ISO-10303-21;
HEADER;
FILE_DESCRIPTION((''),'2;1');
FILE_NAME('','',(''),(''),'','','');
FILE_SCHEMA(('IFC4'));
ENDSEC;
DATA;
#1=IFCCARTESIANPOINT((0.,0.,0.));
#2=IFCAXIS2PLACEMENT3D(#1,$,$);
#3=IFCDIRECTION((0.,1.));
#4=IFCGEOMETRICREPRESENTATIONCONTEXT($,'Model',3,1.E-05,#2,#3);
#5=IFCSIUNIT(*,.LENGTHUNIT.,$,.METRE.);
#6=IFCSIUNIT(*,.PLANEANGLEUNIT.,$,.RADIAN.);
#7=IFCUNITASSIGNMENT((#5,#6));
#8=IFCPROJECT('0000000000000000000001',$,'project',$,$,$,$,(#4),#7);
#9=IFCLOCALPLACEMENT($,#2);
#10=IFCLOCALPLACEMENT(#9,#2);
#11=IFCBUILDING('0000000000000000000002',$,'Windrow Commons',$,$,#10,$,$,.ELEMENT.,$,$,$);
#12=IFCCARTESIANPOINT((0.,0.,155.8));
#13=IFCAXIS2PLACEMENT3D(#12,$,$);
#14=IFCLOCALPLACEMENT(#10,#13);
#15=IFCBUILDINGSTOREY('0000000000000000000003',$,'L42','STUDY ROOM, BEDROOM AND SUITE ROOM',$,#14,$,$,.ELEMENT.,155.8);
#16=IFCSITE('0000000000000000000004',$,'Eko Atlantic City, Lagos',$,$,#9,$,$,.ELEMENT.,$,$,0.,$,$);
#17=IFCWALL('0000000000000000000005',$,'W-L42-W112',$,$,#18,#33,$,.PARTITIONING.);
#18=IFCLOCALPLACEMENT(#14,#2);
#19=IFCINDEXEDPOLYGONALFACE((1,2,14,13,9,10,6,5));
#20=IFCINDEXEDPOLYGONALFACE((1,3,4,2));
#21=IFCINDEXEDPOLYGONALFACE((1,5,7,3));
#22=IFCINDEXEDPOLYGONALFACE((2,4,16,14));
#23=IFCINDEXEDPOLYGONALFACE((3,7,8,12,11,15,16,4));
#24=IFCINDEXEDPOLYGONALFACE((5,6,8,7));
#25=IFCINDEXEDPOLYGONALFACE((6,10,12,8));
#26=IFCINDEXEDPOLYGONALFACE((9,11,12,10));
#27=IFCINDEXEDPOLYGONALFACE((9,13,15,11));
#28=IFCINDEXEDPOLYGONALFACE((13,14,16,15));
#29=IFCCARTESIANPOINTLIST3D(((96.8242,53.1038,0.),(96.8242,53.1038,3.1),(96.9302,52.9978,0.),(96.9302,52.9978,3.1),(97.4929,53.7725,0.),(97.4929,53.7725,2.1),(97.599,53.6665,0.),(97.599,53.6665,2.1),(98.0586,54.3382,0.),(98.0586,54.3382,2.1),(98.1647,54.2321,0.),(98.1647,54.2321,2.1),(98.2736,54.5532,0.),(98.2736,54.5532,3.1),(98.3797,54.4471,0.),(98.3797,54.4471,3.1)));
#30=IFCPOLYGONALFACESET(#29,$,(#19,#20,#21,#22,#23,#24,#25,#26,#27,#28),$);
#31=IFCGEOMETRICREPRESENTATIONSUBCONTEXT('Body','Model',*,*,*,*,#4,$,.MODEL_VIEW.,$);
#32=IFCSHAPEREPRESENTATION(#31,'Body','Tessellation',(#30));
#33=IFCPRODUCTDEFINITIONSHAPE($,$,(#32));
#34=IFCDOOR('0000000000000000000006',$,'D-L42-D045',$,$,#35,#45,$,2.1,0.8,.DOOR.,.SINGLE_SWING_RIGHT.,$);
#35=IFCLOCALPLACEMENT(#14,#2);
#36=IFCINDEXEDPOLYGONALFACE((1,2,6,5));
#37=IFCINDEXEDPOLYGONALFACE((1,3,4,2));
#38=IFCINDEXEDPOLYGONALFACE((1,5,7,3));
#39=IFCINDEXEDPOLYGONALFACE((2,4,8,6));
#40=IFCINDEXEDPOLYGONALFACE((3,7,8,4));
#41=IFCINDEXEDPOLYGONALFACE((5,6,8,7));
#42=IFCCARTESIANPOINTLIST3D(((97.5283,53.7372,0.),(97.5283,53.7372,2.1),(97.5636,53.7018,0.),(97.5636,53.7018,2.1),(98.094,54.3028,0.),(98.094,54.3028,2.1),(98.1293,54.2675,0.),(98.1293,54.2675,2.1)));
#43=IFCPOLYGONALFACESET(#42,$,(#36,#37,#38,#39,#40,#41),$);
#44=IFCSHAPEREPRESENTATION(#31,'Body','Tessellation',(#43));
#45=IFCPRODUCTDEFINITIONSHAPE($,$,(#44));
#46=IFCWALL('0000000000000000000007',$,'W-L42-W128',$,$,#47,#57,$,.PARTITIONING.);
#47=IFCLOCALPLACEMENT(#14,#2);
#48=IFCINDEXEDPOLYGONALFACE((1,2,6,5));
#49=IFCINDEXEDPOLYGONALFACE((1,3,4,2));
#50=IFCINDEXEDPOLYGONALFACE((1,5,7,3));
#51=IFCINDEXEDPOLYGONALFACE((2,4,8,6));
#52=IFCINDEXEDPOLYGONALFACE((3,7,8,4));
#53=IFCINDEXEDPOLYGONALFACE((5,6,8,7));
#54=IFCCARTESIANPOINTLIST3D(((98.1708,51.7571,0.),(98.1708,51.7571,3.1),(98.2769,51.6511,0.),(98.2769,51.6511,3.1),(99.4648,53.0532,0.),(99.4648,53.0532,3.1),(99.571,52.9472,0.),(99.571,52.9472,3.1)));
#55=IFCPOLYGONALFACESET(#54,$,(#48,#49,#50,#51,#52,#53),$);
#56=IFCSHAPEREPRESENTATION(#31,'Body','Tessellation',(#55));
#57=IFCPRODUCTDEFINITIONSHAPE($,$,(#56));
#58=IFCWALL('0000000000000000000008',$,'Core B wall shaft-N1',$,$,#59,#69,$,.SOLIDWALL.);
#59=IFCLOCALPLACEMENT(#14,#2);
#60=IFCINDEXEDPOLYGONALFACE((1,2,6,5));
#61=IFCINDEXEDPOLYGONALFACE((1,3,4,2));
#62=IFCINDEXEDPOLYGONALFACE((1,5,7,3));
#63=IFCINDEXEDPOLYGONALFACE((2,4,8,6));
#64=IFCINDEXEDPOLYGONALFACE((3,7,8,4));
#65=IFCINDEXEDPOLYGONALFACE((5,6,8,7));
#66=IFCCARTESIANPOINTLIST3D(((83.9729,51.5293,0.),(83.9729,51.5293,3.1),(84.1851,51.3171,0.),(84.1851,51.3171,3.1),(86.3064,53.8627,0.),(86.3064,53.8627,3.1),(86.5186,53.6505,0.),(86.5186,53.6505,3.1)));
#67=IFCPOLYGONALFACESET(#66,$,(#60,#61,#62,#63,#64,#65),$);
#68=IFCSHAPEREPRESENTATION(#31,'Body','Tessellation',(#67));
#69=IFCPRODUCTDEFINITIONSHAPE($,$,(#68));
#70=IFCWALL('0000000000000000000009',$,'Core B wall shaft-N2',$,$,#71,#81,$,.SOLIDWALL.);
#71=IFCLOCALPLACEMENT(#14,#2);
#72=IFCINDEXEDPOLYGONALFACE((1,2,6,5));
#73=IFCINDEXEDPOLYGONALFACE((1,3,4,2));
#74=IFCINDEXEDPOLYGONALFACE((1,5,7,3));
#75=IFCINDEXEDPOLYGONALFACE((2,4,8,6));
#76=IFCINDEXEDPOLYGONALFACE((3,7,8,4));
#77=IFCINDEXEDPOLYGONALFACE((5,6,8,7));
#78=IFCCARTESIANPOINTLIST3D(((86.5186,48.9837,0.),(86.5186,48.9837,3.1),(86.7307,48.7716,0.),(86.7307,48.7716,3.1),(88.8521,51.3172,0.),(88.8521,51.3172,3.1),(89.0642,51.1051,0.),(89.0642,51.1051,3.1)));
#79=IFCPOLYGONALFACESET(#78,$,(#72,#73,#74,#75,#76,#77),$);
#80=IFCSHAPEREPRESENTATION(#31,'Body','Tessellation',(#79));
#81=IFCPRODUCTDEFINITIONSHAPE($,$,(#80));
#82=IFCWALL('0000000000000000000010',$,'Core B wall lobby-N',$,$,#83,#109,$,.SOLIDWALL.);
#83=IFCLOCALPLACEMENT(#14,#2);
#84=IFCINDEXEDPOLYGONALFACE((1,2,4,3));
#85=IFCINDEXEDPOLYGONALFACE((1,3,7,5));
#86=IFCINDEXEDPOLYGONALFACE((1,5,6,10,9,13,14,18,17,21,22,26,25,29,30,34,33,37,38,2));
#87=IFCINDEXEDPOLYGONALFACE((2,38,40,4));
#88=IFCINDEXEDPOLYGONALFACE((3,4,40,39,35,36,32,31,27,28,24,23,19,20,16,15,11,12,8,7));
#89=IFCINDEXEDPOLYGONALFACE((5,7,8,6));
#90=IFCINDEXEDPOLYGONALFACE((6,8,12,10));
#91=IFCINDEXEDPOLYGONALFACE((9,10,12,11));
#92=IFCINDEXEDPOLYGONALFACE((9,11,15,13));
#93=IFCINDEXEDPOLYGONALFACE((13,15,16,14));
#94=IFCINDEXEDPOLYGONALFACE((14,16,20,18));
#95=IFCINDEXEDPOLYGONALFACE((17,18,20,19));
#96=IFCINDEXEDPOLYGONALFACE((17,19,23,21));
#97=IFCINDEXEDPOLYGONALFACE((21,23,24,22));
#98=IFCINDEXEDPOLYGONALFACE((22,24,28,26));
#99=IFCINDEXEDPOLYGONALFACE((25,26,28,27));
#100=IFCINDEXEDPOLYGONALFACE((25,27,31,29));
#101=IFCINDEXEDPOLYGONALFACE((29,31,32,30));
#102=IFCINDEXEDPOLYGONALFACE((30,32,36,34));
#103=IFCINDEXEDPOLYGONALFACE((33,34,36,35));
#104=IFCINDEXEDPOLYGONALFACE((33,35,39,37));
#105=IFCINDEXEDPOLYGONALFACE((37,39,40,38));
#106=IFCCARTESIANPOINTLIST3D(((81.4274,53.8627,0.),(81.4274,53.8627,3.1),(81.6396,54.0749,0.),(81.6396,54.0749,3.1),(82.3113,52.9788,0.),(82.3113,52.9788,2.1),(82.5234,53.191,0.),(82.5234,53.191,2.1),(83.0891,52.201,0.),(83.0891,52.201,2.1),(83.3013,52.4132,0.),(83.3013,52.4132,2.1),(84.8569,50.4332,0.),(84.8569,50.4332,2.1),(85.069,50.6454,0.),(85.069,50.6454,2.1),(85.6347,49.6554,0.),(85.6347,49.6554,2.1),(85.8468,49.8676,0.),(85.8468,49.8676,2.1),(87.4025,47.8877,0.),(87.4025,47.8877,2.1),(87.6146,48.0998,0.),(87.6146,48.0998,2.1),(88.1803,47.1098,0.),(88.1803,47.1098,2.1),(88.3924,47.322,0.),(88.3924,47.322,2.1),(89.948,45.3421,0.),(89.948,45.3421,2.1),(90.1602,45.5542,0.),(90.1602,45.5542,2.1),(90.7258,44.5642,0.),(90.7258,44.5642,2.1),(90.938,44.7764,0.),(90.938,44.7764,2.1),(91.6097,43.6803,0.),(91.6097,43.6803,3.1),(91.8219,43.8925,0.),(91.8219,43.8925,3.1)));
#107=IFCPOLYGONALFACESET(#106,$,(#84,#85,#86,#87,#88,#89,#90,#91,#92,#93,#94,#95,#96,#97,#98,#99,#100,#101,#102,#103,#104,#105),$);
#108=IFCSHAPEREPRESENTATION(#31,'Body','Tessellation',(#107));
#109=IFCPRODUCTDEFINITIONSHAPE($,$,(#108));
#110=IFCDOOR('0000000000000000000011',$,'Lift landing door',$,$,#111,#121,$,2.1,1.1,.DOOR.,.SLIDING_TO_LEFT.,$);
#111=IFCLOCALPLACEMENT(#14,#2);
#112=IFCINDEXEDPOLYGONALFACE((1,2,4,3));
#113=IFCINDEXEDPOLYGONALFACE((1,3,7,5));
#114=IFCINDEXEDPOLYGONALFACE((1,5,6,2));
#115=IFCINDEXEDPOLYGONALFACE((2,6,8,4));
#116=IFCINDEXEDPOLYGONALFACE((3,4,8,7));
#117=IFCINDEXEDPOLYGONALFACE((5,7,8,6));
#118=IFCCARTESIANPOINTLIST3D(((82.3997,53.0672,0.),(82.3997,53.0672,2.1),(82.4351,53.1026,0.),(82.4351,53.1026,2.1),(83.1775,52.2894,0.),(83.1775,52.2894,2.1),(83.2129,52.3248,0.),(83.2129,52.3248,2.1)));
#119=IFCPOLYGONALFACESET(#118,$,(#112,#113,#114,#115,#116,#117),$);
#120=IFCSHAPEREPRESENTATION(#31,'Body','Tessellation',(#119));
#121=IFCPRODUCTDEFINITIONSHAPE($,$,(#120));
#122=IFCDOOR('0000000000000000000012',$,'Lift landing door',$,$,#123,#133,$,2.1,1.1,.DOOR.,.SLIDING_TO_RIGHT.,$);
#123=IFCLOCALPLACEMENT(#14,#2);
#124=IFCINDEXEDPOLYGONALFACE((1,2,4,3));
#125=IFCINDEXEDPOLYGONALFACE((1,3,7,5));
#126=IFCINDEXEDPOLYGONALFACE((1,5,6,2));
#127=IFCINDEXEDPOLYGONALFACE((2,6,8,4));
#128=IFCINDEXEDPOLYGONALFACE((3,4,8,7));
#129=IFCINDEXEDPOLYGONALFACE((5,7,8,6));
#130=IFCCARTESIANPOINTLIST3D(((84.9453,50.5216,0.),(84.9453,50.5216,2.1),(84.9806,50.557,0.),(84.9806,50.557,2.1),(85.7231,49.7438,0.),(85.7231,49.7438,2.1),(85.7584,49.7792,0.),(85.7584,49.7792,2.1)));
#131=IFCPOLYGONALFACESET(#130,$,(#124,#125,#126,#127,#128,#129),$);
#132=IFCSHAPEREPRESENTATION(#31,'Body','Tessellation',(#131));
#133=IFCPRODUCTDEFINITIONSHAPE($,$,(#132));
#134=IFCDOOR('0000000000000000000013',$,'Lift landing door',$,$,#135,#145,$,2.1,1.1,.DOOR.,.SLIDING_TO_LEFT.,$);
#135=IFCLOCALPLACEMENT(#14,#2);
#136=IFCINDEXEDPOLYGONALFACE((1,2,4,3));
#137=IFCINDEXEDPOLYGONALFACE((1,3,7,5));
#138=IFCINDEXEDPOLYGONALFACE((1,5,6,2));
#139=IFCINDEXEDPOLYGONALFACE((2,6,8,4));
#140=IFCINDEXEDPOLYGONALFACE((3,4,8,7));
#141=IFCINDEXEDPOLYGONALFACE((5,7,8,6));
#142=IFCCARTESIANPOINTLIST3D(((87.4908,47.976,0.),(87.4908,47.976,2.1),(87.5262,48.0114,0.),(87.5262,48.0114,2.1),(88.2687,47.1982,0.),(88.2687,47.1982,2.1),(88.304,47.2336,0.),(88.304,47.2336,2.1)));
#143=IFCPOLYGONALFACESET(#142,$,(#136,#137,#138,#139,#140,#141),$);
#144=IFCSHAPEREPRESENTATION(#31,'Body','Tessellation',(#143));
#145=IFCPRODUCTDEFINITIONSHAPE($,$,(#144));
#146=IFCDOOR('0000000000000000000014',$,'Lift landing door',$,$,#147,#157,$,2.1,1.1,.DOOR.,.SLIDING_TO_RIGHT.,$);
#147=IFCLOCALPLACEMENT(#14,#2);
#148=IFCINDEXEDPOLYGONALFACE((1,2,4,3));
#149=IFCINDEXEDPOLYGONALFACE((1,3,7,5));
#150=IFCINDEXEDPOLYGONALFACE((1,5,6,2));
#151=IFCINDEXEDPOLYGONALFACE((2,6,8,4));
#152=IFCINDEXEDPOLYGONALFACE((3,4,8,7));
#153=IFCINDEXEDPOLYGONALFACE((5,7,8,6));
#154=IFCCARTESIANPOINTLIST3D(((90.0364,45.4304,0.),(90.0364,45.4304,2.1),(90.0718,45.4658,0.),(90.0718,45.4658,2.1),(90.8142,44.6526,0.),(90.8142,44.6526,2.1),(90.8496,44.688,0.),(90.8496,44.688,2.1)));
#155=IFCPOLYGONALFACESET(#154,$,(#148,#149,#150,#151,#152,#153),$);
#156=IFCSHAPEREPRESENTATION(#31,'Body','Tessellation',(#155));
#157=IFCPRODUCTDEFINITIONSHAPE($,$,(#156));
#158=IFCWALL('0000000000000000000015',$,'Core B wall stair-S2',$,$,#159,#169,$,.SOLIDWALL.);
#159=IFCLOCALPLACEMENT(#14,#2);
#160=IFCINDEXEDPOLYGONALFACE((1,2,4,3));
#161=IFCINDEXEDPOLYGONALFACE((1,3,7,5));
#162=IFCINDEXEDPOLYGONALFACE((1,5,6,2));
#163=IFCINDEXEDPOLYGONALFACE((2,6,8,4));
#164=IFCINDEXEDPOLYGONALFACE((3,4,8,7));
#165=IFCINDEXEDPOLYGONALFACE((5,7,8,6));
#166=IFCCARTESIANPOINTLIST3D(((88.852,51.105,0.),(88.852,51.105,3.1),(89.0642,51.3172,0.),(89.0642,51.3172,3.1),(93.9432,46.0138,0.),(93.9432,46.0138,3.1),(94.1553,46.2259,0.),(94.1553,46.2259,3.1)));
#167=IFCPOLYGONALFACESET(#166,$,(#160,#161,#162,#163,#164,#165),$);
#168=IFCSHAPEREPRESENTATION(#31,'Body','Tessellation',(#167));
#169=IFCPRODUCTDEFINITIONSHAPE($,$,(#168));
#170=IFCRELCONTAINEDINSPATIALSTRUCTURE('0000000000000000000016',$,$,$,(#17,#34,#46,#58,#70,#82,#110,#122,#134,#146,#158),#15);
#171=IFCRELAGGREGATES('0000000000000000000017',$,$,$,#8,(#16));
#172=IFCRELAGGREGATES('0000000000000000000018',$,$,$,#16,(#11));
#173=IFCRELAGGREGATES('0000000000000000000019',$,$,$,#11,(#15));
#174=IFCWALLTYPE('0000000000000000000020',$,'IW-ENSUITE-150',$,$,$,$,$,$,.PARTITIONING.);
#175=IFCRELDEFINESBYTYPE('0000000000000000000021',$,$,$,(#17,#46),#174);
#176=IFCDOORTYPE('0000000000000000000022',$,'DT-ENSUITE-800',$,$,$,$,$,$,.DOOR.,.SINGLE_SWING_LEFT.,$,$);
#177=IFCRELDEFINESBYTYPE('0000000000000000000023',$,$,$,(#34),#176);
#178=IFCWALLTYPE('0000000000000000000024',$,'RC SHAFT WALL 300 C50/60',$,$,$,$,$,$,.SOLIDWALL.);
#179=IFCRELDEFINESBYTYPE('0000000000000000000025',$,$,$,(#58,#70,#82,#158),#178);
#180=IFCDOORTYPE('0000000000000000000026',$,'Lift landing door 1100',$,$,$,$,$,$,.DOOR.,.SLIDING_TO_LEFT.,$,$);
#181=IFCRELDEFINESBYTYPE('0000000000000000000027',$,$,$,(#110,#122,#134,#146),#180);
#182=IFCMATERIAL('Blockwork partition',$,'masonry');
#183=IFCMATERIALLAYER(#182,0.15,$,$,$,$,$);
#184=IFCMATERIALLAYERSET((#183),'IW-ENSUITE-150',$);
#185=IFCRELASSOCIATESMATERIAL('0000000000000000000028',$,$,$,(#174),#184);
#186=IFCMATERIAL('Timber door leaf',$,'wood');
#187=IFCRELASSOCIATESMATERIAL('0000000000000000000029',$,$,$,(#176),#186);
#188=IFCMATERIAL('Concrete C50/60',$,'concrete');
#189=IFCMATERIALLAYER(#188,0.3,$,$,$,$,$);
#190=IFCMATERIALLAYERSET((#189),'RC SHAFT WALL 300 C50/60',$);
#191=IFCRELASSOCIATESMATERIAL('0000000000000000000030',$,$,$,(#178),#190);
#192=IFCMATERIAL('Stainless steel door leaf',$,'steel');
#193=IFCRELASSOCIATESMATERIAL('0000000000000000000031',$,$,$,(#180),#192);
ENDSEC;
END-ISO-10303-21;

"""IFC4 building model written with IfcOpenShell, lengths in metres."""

from ifc_helpers import new_model, si_unit, direction, frame, frame_2d, origin, place, context, subcontext, project, spatial, rectangle, extrude, material, layer, layer_set, type_object, element, fill, save


model = new_model("IFC4")

# Units and contexts
model_context = context("Model", 3, precision=1e-05, world=origin(), true_north=direction((0.0, 1.0)))
body_context = subcontext(model_context, "Body", "Model", "MODEL_VIEW")
ifc_project = project(units=[si_unit("LENGTHUNIT", "METRE"), si_unit("PLANEANGLEUNIT", "RADIAN")], contexts=[model_context])

# Site, building, storey
site_placement = place(None, origin())
site = spatial("IfcSite", under=ifc_project, at=site_placement, Name="Eko Atlantic City, Lagos", CompositionType="ELEMENT", RefElevation=0.0)
building_placement = place(site_placement, origin())
building = spatial("IfcBuilding", under=site, at=building_placement, Name="Windrow Commons", CompositionType="ELEMENT")
storey_placement = place(building_placement, frame((0.0, 0.0, 155.8)))
storey = spatial("IfcBuildingStorey", under=building, at=storey_placement, Name="L42", Description="STUDY ROOM, BEDROOM AND SUITE ROOM", CompositionType="ELEMENT", Elevation=155.8)

# Wall, opening, door
ifc_material_1 = material(Name="Blockwork partition", Category="masonry")
ifc_layer_1 = layer(ifc_material_1, 0.15)
ifc_layer_set_1 = layer_set([ifc_layer_1], Name="IW-ENSUITE-150")
wall_type_1 = type_object("IfcWallType", Name="IW-ENSUITE-150", PredefinedType="PARTITIONING", material=ifc_layer_set_1)
wall_1_placement = place(storey_placement, frame((96.8772, 53.0508, 0.0), z_axis=(0.0, 0.0, 1.0), x_axis=(0.707131, 0.707082, 0.0)))
wall_1 = element("IfcWall", 1, at=wall_1_placement, inside=storey, type_object=wall_type_1, Name="W-L42-W112", PredefinedType="PARTITIONING", context=body_context, shape_type="SweptSolid", body=[
    extrude(rectangle(XDim=2.0498, YDim=0.15, at=frame_2d((1.0249, 0.0))), origin(), (0.0, 0.0, 1.0), 3.1),
])
opening_1_placement = place(wall_1_placement, frame((0.9457, 0.0, 0.0)))
opening_1 = element("IfcOpeningElement", 2, at=opening_1_placement, cuts=wall_1, PredefinedType="OPENING", context=body_context, shape_type="SweptSolid", body=[
    extrude(rectangle(XDim=0.8, YDim=2.1, at=frame_2d((0.4, 1.05))), frame((0.0, 0.085, 0.0), z_axis=(0.0, -1.0, 0.0), x_axis=(1.0, 0.0, 0.0)), (0.0, 0.0, 1.0), 0.17),
])
ifc_material_2 = material(Name="Timber door leaf", Category="wood")
door_type_1 = type_object("IfcDoorType", Name="DT-ENSUITE-800", OperationType="SINGLE_SWING_LEFT", PredefinedType="DOOR", material=ifc_material_2)
door_1_placement = place(opening_1_placement, origin())
door_1 = element("IfcDoor", 3, at=door_1_placement, inside=storey, type_object=door_type_1, Name="D-L42-D045", OperationType="SINGLE_SWING_RIGHT", OverallHeight=2.1, OverallWidth=0.8, PredefinedType="DOOR", context=body_context, shape_type="SweptSolid", body=[
    extrude(rectangle(XDim=0.8, YDim=2.1, at=frame_2d((0.4, 1.05))), frame((0.0, 0.025, 0.0), z_axis=(0.0, -1.0, 0.0), x_axis=(1.0, 0.0, 0.0)), (0.0, 0.0, 1.0), 0.05),
])
fill(opening_1, door_1)

# Walls
wall_2_placement = place(storey_placement, frame((98.2239, 51.7041, 0.0), z_axis=(0.0, 0.0, 1.0), x_axis=(0.706533, 0.70768, 0.0)))
element("IfcWall", 4, at=wall_2_placement, inside=storey, type_object=wall_type_1, Name="W-L42-W128", PredefinedType="PARTITIONING", context=body_context, shape_type="SweptSolid", body=[
    extrude(rectangle(XDim=1.8315, YDim=0.15, at=frame_2d((0.9157, 0.0))), origin(), (0.0, 0.0, 1.0), 3.1),
])
ifc_material_3 = material(Name="Concrete C50/60", Category="concrete")
ifc_layer_2 = layer(ifc_material_3, 0.3)
ifc_layer_set_2 = layer_set([ifc_layer_2], Name="RC SHAFT WALL 300 C50/60")
wall_type_2 = type_object("IfcWallType", Name="RC SHAFT WALL 300 C50/60", PredefinedType="SOLIDWALL", material=ifc_layer_set_2)
wall_3_placement = place(storey_placement, frame((84.079, 51.4232, 0.0), z_axis=(0.0, 0.0, 1.0), x_axis=(0.707122, 0.707092, 0.0)))
element("IfcWall", 5, at=wall_3_placement, inside=storey, type_object=wall_type_2, Name="Core B wall shaft-N1", PredefinedType="SOLIDWALL", context=body_context, shape_type="SweptSolid", body=[
    extrude(rectangle(XDim=3.3, YDim=0.3, at=frame_2d((1.65, 0.0))), origin(), (0.0, 0.0, 1.0), 3.1),
])
wall_4_placement = place(storey_placement, frame((86.6246, 48.8776, 0.0), z_axis=(0.0, 0.0, 1.0), x_axis=(0.707107, 0.707107, 0.0)))
element("IfcWall", 6, at=wall_4_placement, inside=storey, type_object=wall_type_2, Name="Core B wall shaft-N2", PredefinedType="SOLIDWALL", context=body_context, shape_type="SweptSolid", body=[
    extrude(rectangle(XDim=3.3001, YDim=0.3, at=frame_2d((1.6501, 0.0))), origin(), (0.0, 0.0, 1.0), 3.1),
])

# Wall, openings, doors
wall_5_placement = place(storey_placement, frame((81.5335, 53.9688, 0.0), z_axis=(0.0, 0.0, 1.0), x_axis=(0.707103, -0.70711, 0.0)))
wall_5 = element("IfcWall", 7, at=wall_5_placement, inside=storey, type_object=wall_type_2, Name="Core B wall lobby-N", PredefinedType="SOLIDWALL", context=body_context, shape_type="SweptSolid", body=[
    extrude(rectangle(XDim=14.4, YDim=0.3, at=frame_2d((7.2, 0.0))), origin(), (0.0, 0.0, 1.0), 3.1),
])
opening_2_placement = place(wall_5_placement, frame((1.25, 0.0, 0.0)))
opening_2 = element("IfcOpeningElement", 8, at=opening_2_placement, cuts=wall_5, PredefinedType="OPENING", context=body_context, shape_type="SweptSolid", body=[
    extrude(rectangle(XDim=1.1, YDim=2.1, at=frame_2d((0.55, 1.05))), frame((0.0, 0.16, 0.0), z_axis=(0.0, -1.0, 0.0), x_axis=(1.0, 0.0, 0.0)), (0.0, 0.0, 1.0), 0.32),
])
opening_3_placement = place(wall_5_placement, frame((4.85, 0.0, 0.0)))
opening_3 = element("IfcOpeningElement", 9, at=opening_3_placement, cuts=wall_5, PredefinedType="OPENING", context=body_context, shape_type="SweptSolid", body=[
    extrude(rectangle(XDim=1.1, YDim=2.1, at=frame_2d((0.55, 1.05))), frame((0.0, 0.16, 0.0), z_axis=(0.0, -1.0, 0.0), x_axis=(1.0, 0.0, 0.0)), (0.0, 0.0, 1.0), 0.32),
])
opening_4_placement = place(wall_5_placement, frame((8.45, 0.0, 0.0)))
opening_4 = element("IfcOpeningElement", 10, at=opening_4_placement, cuts=wall_5, PredefinedType="OPENING", context=body_context, shape_type="SweptSolid", body=[
    extrude(rectangle(XDim=1.1, YDim=2.1, at=frame_2d((0.55, 1.05))), frame((0.0, 0.16, 0.0), z_axis=(0.0, -1.0, 0.0), x_axis=(1.0, 0.0, 0.0)), (0.0, 0.0, 1.0), 0.32),
])
opening_5_placement = place(wall_5_placement, frame((12.05, 0.0, 0.0)))
opening_5 = element("IfcOpeningElement", 11, at=opening_5_placement, cuts=wall_5, PredefinedType="OPENING", context=body_context, shape_type="SweptSolid", body=[
    extrude(rectangle(XDim=1.1, YDim=2.1, at=frame_2d((0.55, 1.05))), frame((0.0, 0.16, 0.0), z_axis=(0.0, -1.0, 0.0), x_axis=(1.0, 0.0, 0.0)), (0.0, 0.0, 1.0), 0.32),
])
ifc_material_4 = material(Name="Stainless steel door leaf", Category="steel")
door_type_2 = type_object("IfcDoorType", Name="Lift landing door 1100", OperationType="SLIDING_TO_LEFT", PredefinedType="DOOR", material=ifc_material_4)
door_2_placement = place(opening_2_placement, origin())
door_2 = element("IfcDoor", 12, at=door_2_placement, inside=storey, type_object=door_type_2, Name="Lift landing door", OperationType="SLIDING_TO_LEFT", OverallHeight=2.1, OverallWidth=1.1, PredefinedType="DOOR", context=body_context, shape_type="SweptSolid", body=[
    extrude(rectangle(XDim=1.1, YDim=2.1, at=frame_2d((0.55, 1.05))), frame((0.0, 0.025, 0.0), z_axis=(0.0, -1.0, 0.0), x_axis=(1.0, 0.0, 0.0)), (0.0, 0.0, 1.0), 0.05),
])
fill(opening_2, door_2)
door_3_placement = place(opening_3_placement, origin())
door_3 = element("IfcDoor", 13, at=door_3_placement, inside=storey, type_object=door_type_2, Name="Lift landing door", OperationType="SLIDING_TO_RIGHT", OverallHeight=2.1, OverallWidth=1.1, PredefinedType="DOOR", context=body_context, shape_type="SweptSolid", body=[
    extrude(rectangle(XDim=1.1, YDim=2.1, at=frame_2d((0.55, 1.05))), frame((0.0, 0.025, 0.0), z_axis=(0.0, -1.0, 0.0), x_axis=(1.0, 0.0, 0.0)), (0.0, 0.0, 1.0), 0.05),
])
fill(opening_3, door_3)
door_4_placement = place(opening_4_placement, origin())
door_4 = element("IfcDoor", 14, at=door_4_placement, inside=storey, type_object=door_type_2, Name="Lift landing door", OperationType="SLIDING_TO_LEFT", OverallHeight=2.1, OverallWidth=1.1, PredefinedType="DOOR", context=body_context, shape_type="SweptSolid", body=[
    extrude(rectangle(XDim=1.1, YDim=2.1, at=frame_2d((0.55, 1.05))), frame((0.0, 0.025, 0.0), z_axis=(0.0, -1.0, 0.0), x_axis=(1.0, 0.0, 0.0)), (0.0, 0.0, 1.0), 0.05),
])
fill(opening_4, door_4)
door_5_placement = place(opening_5_placement, origin())
door_5 = element("IfcDoor", 15, at=door_5_placement, inside=storey, type_object=door_type_2, Name="Lift landing door", OperationType="SLIDING_TO_RIGHT", OverallHeight=2.1, OverallWidth=1.1, PredefinedType="DOOR", context=body_context, shape_type="SweptSolid", body=[
    extrude(rectangle(XDim=1.1, YDim=2.1, at=frame_2d((0.55, 1.05))), frame((0.0, 0.025, 0.0), z_axis=(0.0, -1.0, 0.0), x_axis=(1.0, 0.0, 0.0)), (0.0, 0.0, 1.0), 0.05),
])
fill(opening_5, door_5)

# Wall
wall_6_placement = place(storey_placement, frame((88.9581, 51.2111, 0.0), z_axis=(0.0, 0.0, 1.0), x_axis=(0.7071, -0.707114, 0.0)))
element("IfcWall", 16, at=wall_6_placement, inside=storey, type_object=wall_type_2, Name="Core B wall stair-S2", PredefinedType="SOLIDWALL", context=body_context, shape_type="SweptSolid", body=[
    extrude(rectangle(XDim=7.2, YDim=0.3, at=frame_2d((3.6, 0.0))), origin(), (0.0, 0.0, 1.0), 3.1),
])

save(model, "model.ifc")
